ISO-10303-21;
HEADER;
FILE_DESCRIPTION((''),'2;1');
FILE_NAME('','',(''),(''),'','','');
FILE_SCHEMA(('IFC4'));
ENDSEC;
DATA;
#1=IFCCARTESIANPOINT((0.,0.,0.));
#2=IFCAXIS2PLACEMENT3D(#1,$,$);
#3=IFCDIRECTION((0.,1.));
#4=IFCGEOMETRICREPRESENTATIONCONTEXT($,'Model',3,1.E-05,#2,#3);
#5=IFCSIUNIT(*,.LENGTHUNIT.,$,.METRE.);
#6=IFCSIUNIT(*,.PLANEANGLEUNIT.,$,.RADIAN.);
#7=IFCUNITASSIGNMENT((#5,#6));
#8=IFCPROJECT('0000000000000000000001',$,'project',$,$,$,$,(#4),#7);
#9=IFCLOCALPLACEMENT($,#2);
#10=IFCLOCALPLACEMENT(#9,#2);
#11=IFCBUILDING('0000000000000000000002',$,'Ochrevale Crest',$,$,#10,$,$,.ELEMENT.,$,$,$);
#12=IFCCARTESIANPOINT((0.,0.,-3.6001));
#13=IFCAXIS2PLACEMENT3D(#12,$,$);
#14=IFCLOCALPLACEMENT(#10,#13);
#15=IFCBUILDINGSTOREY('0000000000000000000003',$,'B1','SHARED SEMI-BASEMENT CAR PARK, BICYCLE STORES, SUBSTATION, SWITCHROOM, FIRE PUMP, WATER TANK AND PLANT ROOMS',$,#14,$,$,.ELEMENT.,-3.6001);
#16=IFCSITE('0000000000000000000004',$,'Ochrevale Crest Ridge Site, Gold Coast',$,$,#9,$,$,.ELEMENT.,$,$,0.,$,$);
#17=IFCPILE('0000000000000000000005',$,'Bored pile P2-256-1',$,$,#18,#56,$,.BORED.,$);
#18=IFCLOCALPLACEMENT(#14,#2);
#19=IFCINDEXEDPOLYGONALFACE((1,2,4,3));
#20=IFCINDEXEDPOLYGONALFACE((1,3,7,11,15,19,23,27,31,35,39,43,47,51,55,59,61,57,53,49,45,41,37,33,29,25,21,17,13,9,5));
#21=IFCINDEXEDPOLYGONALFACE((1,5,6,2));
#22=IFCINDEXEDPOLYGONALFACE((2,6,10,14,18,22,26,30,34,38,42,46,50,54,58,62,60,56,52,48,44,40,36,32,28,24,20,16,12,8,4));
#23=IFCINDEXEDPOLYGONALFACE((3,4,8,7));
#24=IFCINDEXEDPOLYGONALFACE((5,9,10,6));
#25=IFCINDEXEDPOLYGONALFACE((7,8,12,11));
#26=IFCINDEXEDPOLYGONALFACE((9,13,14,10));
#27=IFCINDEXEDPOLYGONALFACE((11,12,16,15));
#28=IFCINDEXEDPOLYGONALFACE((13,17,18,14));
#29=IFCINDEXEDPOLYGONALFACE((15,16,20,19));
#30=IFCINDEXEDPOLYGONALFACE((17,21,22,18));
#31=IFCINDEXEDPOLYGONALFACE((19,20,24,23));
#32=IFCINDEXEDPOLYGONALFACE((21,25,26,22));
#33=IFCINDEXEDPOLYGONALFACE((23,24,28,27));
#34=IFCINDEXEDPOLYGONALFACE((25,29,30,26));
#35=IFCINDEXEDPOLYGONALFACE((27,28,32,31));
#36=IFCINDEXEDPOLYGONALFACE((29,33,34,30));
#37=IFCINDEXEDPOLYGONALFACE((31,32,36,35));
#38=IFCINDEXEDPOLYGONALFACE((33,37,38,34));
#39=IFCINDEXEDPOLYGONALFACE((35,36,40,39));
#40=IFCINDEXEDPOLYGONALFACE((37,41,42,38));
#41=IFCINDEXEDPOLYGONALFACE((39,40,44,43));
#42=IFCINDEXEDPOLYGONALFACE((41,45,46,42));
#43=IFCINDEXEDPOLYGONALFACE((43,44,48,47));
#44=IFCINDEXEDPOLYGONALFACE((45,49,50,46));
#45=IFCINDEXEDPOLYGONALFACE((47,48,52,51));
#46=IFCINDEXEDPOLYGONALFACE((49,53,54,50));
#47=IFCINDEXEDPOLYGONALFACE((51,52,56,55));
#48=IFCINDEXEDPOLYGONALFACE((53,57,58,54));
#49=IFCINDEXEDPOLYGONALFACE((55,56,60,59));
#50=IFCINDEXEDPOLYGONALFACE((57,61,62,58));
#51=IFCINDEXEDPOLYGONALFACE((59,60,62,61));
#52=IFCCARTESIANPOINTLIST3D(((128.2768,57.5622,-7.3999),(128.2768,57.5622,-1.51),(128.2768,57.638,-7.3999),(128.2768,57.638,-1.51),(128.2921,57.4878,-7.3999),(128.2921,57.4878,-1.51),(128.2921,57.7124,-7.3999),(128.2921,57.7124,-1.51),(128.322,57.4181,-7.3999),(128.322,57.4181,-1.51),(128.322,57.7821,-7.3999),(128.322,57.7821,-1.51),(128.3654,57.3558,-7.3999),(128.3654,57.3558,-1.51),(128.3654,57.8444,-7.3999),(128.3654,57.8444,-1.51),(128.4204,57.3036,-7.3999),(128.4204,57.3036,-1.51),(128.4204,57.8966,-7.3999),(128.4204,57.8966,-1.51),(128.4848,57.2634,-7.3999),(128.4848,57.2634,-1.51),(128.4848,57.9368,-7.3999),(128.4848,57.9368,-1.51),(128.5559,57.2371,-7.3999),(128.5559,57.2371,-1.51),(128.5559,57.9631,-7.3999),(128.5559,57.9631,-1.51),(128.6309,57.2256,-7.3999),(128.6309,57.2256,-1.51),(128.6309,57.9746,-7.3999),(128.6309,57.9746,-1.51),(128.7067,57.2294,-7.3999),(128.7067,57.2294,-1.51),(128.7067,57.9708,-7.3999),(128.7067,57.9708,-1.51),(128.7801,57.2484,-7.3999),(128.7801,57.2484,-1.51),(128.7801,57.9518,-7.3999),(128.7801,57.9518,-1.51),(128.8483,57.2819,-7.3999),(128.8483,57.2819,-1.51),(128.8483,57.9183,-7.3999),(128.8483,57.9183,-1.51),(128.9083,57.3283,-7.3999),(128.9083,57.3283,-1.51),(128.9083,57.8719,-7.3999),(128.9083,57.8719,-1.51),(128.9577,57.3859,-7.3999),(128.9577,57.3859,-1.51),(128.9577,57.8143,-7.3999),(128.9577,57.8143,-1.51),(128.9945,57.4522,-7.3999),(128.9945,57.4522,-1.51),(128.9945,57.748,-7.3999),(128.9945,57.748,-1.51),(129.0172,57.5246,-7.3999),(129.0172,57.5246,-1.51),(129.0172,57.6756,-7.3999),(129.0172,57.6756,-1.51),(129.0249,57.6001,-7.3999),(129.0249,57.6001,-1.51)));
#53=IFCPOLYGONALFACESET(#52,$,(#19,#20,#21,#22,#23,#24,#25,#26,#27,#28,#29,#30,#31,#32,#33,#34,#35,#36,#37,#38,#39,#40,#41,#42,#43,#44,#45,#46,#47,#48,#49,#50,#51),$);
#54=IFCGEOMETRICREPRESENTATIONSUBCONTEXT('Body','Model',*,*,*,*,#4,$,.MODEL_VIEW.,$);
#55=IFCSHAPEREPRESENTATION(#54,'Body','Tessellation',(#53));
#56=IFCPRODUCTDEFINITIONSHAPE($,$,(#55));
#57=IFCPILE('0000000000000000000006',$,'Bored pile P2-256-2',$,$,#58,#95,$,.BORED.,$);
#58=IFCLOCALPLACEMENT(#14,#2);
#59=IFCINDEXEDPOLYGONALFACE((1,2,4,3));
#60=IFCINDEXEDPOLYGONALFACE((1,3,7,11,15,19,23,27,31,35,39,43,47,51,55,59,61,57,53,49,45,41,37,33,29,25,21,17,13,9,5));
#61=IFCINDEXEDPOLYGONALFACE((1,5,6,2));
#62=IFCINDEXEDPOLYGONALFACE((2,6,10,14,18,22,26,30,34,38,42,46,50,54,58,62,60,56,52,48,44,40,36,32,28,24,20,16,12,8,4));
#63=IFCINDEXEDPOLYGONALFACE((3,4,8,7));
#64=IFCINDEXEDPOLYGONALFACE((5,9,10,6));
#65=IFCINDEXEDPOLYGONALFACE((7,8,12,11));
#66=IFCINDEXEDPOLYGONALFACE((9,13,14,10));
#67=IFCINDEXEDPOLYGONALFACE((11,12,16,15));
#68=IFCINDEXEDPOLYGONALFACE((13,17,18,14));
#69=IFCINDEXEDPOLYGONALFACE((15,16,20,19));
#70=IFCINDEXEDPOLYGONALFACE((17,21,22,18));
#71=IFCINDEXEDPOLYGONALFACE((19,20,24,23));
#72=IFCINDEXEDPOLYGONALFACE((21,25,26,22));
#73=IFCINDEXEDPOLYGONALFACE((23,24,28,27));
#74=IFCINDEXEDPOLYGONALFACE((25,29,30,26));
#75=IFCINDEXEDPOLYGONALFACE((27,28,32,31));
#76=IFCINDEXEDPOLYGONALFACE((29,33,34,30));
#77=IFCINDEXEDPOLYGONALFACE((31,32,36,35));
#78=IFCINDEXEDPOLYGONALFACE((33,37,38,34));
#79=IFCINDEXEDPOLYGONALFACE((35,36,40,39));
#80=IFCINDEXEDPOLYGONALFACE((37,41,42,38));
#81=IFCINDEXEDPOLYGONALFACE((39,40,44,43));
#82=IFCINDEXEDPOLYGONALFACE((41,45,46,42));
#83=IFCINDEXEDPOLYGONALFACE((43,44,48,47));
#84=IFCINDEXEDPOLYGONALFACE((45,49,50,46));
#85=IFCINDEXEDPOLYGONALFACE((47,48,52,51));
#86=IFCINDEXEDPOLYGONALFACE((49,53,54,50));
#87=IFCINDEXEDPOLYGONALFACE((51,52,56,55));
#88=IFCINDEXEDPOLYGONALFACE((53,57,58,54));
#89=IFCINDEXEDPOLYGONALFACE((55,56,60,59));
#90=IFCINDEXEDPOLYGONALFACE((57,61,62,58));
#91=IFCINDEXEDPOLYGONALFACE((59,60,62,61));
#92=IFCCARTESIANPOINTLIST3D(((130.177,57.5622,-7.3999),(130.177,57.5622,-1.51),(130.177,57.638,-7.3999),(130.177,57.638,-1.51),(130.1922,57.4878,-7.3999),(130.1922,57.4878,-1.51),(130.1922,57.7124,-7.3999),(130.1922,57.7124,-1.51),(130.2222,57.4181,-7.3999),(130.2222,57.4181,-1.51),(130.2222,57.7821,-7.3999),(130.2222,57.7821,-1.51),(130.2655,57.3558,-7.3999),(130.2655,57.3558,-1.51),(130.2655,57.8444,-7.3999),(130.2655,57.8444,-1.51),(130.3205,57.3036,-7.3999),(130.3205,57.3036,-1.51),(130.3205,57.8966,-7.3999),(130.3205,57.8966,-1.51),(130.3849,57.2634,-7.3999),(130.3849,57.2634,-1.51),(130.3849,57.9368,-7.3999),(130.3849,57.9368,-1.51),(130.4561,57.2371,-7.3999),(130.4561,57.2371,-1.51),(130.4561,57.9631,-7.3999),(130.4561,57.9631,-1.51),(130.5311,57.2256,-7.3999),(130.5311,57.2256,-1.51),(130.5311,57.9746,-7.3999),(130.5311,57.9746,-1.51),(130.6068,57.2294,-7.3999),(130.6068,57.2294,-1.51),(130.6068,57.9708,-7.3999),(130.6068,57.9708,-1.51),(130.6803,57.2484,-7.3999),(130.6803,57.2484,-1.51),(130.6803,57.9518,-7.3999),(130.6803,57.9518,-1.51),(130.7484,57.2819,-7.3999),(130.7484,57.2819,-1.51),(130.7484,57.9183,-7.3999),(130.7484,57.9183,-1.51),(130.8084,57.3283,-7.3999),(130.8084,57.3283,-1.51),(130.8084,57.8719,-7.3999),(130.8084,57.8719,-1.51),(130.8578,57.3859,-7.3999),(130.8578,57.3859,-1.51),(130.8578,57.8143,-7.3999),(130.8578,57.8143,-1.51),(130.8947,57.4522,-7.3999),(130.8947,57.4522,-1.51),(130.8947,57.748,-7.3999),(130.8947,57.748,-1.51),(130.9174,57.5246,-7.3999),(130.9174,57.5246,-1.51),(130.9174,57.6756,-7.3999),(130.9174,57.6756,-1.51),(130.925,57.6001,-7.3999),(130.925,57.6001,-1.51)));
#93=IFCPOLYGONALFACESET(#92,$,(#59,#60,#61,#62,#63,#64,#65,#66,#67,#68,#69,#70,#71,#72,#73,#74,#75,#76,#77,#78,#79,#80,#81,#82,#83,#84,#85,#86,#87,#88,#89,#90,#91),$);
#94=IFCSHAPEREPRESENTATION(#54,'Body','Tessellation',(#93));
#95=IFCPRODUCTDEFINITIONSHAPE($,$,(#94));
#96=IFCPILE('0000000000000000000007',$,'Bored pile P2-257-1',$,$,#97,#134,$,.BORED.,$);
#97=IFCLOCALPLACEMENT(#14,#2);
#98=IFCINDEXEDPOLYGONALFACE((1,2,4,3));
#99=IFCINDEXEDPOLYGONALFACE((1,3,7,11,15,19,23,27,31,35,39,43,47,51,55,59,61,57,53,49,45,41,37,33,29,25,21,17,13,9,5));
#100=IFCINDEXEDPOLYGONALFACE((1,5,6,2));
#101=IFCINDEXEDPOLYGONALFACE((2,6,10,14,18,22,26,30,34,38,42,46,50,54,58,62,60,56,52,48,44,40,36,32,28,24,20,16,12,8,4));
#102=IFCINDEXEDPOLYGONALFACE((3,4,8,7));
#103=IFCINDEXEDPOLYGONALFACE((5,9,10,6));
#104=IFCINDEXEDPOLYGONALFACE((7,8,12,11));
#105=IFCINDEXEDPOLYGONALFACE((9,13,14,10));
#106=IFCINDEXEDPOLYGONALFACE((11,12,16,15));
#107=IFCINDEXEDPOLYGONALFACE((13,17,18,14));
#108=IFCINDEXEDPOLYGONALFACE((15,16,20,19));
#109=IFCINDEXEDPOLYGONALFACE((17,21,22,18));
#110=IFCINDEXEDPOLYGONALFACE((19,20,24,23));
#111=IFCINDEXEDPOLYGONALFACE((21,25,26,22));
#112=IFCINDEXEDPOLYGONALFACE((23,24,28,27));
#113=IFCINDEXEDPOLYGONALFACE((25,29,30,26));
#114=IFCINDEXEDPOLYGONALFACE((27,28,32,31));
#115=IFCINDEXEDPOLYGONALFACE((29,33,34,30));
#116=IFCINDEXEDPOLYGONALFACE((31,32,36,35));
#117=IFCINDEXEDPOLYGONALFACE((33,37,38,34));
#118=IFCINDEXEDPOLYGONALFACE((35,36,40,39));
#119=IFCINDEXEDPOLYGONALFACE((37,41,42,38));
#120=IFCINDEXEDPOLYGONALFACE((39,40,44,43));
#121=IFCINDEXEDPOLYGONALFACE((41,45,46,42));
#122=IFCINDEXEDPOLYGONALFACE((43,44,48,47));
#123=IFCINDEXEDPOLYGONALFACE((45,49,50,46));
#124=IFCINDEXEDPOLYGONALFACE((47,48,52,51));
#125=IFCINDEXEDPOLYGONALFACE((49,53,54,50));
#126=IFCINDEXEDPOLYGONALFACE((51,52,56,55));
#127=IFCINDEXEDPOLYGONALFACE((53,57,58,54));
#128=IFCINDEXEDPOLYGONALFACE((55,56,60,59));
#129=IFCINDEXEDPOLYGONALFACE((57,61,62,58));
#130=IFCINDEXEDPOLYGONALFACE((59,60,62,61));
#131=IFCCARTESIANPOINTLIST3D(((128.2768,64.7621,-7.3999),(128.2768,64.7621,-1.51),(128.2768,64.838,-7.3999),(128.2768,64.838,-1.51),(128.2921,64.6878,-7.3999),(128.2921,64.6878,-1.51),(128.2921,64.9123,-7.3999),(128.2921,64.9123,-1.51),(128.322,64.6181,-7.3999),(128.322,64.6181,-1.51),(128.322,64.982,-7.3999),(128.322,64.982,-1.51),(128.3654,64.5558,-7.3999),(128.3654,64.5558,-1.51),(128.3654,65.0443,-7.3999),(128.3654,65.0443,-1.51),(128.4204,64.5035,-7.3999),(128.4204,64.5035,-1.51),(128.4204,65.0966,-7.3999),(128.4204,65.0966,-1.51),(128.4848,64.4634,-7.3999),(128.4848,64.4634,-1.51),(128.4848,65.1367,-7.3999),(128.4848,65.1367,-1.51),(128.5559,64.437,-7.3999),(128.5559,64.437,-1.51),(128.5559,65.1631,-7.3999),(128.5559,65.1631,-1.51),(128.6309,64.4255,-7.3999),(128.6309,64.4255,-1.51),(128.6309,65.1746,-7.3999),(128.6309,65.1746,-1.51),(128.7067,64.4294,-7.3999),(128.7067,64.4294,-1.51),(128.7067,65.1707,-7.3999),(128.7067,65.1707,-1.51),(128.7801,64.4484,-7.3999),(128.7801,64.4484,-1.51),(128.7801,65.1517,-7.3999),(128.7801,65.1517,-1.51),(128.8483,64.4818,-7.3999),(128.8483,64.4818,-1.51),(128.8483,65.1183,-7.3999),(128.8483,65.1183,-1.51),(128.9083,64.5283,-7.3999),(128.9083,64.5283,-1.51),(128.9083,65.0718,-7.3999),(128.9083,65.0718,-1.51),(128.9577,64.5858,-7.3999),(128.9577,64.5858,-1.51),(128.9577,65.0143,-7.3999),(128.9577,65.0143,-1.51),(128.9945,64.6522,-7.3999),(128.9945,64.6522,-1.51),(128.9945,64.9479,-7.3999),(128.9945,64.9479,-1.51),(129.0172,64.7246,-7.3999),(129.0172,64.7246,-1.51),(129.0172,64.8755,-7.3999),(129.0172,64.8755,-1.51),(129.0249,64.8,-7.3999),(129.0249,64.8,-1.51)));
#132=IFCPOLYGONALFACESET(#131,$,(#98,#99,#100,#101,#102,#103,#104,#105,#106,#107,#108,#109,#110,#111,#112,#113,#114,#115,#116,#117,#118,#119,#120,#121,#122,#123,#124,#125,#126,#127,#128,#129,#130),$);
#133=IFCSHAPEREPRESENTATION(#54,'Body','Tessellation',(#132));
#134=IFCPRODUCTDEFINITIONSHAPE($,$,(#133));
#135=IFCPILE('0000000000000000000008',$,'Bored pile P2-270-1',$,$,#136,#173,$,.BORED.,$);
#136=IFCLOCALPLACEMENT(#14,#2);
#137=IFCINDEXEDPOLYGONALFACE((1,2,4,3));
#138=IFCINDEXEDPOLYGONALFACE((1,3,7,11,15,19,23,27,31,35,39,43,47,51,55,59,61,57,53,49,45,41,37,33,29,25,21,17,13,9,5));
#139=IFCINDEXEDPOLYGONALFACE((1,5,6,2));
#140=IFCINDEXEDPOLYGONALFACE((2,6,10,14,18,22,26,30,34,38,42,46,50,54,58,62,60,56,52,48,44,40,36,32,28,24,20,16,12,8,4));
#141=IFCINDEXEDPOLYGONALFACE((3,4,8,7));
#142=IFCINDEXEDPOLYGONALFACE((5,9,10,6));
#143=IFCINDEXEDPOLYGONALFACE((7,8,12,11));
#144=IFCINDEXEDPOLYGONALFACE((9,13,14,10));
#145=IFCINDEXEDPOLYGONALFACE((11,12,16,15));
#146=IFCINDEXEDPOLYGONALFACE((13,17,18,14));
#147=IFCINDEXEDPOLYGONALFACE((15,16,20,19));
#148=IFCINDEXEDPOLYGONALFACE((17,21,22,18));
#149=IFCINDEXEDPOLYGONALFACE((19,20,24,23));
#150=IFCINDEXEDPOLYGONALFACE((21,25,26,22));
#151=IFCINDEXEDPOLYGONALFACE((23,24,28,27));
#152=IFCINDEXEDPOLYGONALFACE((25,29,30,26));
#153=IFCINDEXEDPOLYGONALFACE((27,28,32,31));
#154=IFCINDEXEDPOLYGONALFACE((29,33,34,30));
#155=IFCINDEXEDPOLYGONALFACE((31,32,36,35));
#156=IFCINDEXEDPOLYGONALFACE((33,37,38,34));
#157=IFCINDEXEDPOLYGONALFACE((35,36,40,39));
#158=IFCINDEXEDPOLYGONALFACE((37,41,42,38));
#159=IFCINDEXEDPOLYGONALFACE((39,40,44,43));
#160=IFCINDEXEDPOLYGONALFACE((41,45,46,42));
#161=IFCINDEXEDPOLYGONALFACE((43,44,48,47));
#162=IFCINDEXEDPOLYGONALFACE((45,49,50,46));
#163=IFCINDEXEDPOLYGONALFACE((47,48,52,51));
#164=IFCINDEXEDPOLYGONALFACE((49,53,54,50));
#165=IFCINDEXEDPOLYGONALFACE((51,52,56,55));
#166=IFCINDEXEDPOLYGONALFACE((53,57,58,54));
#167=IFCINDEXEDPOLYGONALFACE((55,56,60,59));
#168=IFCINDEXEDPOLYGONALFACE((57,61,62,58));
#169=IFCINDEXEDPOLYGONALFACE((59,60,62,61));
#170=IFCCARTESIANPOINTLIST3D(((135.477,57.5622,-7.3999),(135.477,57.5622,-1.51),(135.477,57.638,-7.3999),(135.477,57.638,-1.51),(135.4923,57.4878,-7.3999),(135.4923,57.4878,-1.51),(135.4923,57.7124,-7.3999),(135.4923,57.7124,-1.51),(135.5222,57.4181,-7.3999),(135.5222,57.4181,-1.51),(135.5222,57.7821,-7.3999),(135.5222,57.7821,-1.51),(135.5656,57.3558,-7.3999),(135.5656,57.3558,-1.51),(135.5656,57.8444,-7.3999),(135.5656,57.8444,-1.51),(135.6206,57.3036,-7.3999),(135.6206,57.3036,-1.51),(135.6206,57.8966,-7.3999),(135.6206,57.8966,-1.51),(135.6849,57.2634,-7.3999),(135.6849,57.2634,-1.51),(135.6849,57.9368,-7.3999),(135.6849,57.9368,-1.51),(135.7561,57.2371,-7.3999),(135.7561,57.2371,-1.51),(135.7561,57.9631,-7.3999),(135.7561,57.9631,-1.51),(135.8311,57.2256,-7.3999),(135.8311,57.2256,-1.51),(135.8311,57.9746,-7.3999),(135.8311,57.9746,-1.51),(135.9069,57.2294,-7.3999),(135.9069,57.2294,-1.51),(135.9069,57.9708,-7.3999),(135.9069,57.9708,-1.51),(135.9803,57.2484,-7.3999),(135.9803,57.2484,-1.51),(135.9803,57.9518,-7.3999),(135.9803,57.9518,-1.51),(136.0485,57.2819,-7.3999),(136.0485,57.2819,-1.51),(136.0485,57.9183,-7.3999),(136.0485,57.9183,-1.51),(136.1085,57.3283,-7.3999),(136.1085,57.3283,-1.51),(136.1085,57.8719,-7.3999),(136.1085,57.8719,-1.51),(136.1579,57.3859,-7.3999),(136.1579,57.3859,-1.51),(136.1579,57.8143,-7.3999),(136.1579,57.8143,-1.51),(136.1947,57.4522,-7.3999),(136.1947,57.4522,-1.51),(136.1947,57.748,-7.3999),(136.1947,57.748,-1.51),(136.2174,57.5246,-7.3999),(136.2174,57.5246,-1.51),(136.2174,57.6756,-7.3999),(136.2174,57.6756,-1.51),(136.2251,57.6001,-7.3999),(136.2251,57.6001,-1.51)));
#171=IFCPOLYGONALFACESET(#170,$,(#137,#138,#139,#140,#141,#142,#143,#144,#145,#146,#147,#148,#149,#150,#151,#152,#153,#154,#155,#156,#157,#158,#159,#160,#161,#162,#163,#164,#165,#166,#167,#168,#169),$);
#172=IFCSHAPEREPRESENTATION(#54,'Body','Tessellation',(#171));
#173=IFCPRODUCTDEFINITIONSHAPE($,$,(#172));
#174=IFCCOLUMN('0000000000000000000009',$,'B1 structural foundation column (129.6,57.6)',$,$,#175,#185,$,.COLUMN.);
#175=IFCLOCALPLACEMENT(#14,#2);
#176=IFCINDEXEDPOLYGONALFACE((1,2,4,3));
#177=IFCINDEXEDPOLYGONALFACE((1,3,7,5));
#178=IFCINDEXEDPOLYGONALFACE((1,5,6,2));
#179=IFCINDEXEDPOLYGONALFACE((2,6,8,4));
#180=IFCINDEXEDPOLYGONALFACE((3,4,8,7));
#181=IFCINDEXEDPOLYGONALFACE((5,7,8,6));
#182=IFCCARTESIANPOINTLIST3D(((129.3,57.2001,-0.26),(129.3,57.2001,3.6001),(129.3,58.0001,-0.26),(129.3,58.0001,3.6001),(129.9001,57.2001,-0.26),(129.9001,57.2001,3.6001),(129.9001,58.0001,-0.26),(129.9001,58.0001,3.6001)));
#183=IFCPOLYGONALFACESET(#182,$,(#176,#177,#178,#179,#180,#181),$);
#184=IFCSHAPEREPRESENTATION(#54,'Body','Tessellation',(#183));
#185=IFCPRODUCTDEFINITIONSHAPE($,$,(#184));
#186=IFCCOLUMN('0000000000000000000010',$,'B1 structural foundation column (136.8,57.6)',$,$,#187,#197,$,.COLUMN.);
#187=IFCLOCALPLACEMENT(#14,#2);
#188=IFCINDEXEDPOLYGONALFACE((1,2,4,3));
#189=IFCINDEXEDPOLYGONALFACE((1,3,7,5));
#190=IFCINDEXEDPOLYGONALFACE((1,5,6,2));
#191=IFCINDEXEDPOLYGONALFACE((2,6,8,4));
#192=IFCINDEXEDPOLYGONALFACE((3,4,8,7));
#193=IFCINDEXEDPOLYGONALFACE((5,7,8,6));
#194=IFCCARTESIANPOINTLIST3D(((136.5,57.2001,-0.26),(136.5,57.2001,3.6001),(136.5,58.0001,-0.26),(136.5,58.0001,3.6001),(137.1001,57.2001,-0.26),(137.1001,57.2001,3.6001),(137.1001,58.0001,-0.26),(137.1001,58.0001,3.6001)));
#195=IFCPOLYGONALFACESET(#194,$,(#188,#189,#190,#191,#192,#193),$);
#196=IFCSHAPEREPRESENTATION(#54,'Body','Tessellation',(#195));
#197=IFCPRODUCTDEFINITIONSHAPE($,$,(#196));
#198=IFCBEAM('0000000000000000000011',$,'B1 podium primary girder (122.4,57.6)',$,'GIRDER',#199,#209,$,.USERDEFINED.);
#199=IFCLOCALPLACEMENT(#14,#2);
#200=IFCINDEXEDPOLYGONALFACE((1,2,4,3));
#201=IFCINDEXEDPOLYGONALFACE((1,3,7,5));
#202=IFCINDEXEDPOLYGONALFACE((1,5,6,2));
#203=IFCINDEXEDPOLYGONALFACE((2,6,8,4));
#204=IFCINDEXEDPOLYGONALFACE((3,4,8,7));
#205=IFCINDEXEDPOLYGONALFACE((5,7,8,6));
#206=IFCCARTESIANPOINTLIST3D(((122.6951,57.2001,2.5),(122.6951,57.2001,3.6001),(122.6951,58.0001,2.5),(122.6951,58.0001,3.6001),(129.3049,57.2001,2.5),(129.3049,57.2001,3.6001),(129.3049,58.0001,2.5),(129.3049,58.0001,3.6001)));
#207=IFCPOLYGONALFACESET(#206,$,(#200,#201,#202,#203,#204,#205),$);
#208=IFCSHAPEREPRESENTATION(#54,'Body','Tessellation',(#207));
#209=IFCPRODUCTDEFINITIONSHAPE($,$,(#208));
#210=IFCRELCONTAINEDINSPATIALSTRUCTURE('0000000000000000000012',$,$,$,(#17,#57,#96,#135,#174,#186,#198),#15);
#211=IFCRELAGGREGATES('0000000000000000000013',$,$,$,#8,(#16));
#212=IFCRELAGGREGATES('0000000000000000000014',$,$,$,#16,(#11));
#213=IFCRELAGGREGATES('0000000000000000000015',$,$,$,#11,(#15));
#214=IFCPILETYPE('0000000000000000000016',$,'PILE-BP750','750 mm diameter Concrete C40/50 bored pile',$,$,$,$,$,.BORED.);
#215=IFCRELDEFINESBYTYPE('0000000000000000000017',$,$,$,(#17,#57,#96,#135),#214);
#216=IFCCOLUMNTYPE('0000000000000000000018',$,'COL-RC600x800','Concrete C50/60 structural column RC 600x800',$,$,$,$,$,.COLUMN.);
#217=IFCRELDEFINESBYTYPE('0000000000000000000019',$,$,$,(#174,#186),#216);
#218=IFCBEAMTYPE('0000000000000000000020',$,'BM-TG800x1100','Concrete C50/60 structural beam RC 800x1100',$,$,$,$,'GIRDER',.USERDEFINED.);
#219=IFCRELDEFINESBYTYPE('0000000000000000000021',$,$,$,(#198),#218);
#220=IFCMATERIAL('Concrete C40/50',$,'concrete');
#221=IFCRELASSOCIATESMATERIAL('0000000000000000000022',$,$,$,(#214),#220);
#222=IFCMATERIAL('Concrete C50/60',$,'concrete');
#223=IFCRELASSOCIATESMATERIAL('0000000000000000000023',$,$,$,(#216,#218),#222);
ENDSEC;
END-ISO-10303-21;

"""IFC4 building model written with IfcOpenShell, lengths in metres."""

from ifc_helpers import new_model, si_unit, direction, frame, origin, origin_2d, place, context, subcontext, project, spatial, rectangle, circle, extrude, material, material_profile, profile_set, type_object, element, save


model = new_model("IFC4")

# Units and contexts
model_context = context("Model", 3, precision=1e-05, world=origin(), true_north=direction((0.0, 1.0)))
body_context = subcontext(model_context, "Body", "Model", "MODEL_VIEW")
ifc_project = project(units=[si_unit("LENGTHUNIT", "METRE"), si_unit("PLANEANGLEUNIT", "RADIAN")], contexts=[model_context])

# Site, building, storey
site_placement = place(None, origin())
site = spatial("IfcSite", under=ifc_project, at=site_placement, Name="Ochrevale Crest Ridge Site, Gold Coast", CompositionType="ELEMENT", RefElevation=0.0)
building_placement = place(site_placement, origin())
building = spatial("IfcBuilding", under=site, at=building_placement, Name="Ochrevale Crest", CompositionType="ELEMENT")
storey_placement = place(building_placement, frame((0.0, 0.0, -3.6001)))
storey = spatial("IfcBuildingStorey", under=building, at=storey_placement, Name="B1", Description="SHARED SEMI-BASEMENT CAR PARK, BICYCLE STORES, SUBSTATION, SWITCHROOM, FIRE PUMP, WATER TANK AND PLANT ROOMS", CompositionType="ELEMENT", Elevation=-3.6001)

# Shared definitions
ifc_material_1 = material(Name="Concrete C40/50", Category="concrete")

# Piles
ifc_material_profile_1 = material_profile(ifc_material_1, circle(Radius=0.375, at=origin_2d()), Name="BORED PILE 750")
ifc_profile_set_1 = profile_set([ifc_material_profile_1], Name="Concrete C40/50")
pile_type = type_object("IfcPileType", Name="PILE-BP750", Description="750 mm diameter Concrete C40/50 bored pile", PredefinedType="BORED", material=ifc_profile_set_1)
for number, where, z_axis, x_axis, name in (
    (1, (128.6499, 57.6001, -1.51), (0.0, 0.0, -1.0), (1.0, 0.0, 0.0), "Bored pile P2-256-1"),
    (2, (130.55, 57.6001, -1.51), (0.0, 0.0, -1.0), (1.0, 0.0, 0.0), "Bored pile P2-256-2"),
    (3, (128.6499, 64.8, -1.51), (0.0, 0.0, -1.0), (1.0, 0.0, 0.0), "Bored pile P2-257-1"),
    (4, (135.8501, 57.6001, -1.51), (0.0, 0.0, -1.0), (1.0, 0.0, 0.0), "Bored pile P2-270-1"),
):
    element("IfcPile", number, at=place(storey_placement, frame(where, z_axis=z_axis, x_axis=x_axis)), inside=storey, type_object=pile_type, Name=name, PredefinedType="BORED", context=body_context, shape_type="SweptSolid", body=[
        extrude(circle(Radius=0.375, at=origin_2d()), origin(), (0.0, 0.0, 1.0), 5.8899),
    ])

# Columns
ifc_material_2 = material(Name="Concrete C50/60", Category="concrete")
ifc_material_profile_2 = material_profile(ifc_material_2, rectangle(XDim=0.6001, YDim=0.8, at=origin_2d()), Name="RC 600x800")
ifc_profile_set_2 = profile_set([ifc_material_profile_2], Name="Concrete C50/60")
column_type = type_object("IfcColumnType", Name="COL-RC600x800", Description="Concrete C50/60 structural column RC 600x800", PredefinedType="COLUMN", material=ifc_profile_set_2)
for number, where, z_axis, x_axis, name in (
    (5, (129.6001, 57.6001, -0.26), (0.0, 0.0, 1.0), (1.0, 0.0, 0.0), "B1 structural foundation column (129.6,57.6)"),
    (6, (136.8, 57.6001, -0.26), (0.0, 0.0, 1.0), (1.0, 0.0, 0.0), "B1 structural foundation column (136.8,57.6)"),
):
    element("IfcColumn", number, at=place(storey_placement, frame(where, z_axis=z_axis, x_axis=x_axis)), inside=storey, type_object=column_type, Name=name, PredefinedType="COLUMN", context=body_context, shape_type="SweptSolid", body=[
        extrude(rectangle(XDim=0.6001, YDim=0.8, at=origin_2d()), origin(), (0.0, 0.0, 1.0), 3.8601),
    ])

# Beam
ifc_material_profile_3 = material_profile(ifc_material_2, rectangle(XDim=0.8, YDim=1.1001, at=origin_2d()), Name="RC 800x1100")
ifc_profile_set_3 = profile_set([ifc_material_profile_3], Name="Concrete C50/60")
beam_type_1 = type_object("IfcBeamType", Name="BM-TG800x1100", Description="Concrete C50/60 structural beam RC 800x1100", ElementType="GIRDER", PredefinedType="USERDEFINED", material=ifc_profile_set_3)
for number, where, z_axis, x_axis, name in (
    (7, (122.6951, 57.6001, 3.05), (1.0, 0.0, 0.0), (0.0, 1.0, 0.0), "B1 podium primary girder (122.4,57.6)"),
):
    element("IfcBeam", number, at=place(storey_placement, frame(where, z_axis=z_axis, x_axis=x_axis)), inside=storey, type_object=beam_type_1, Name=name, ObjectType="GIRDER", PredefinedType="USERDEFINED", context=body_context, shape_type="SweptSolid", body=[
        extrude(rectangle(XDim=0.8, YDim=1.1001, at=origin_2d()), origin(), (0.0, 0.0, 1.0), 6.6099),
    ])

save(model, "model.ifc")
